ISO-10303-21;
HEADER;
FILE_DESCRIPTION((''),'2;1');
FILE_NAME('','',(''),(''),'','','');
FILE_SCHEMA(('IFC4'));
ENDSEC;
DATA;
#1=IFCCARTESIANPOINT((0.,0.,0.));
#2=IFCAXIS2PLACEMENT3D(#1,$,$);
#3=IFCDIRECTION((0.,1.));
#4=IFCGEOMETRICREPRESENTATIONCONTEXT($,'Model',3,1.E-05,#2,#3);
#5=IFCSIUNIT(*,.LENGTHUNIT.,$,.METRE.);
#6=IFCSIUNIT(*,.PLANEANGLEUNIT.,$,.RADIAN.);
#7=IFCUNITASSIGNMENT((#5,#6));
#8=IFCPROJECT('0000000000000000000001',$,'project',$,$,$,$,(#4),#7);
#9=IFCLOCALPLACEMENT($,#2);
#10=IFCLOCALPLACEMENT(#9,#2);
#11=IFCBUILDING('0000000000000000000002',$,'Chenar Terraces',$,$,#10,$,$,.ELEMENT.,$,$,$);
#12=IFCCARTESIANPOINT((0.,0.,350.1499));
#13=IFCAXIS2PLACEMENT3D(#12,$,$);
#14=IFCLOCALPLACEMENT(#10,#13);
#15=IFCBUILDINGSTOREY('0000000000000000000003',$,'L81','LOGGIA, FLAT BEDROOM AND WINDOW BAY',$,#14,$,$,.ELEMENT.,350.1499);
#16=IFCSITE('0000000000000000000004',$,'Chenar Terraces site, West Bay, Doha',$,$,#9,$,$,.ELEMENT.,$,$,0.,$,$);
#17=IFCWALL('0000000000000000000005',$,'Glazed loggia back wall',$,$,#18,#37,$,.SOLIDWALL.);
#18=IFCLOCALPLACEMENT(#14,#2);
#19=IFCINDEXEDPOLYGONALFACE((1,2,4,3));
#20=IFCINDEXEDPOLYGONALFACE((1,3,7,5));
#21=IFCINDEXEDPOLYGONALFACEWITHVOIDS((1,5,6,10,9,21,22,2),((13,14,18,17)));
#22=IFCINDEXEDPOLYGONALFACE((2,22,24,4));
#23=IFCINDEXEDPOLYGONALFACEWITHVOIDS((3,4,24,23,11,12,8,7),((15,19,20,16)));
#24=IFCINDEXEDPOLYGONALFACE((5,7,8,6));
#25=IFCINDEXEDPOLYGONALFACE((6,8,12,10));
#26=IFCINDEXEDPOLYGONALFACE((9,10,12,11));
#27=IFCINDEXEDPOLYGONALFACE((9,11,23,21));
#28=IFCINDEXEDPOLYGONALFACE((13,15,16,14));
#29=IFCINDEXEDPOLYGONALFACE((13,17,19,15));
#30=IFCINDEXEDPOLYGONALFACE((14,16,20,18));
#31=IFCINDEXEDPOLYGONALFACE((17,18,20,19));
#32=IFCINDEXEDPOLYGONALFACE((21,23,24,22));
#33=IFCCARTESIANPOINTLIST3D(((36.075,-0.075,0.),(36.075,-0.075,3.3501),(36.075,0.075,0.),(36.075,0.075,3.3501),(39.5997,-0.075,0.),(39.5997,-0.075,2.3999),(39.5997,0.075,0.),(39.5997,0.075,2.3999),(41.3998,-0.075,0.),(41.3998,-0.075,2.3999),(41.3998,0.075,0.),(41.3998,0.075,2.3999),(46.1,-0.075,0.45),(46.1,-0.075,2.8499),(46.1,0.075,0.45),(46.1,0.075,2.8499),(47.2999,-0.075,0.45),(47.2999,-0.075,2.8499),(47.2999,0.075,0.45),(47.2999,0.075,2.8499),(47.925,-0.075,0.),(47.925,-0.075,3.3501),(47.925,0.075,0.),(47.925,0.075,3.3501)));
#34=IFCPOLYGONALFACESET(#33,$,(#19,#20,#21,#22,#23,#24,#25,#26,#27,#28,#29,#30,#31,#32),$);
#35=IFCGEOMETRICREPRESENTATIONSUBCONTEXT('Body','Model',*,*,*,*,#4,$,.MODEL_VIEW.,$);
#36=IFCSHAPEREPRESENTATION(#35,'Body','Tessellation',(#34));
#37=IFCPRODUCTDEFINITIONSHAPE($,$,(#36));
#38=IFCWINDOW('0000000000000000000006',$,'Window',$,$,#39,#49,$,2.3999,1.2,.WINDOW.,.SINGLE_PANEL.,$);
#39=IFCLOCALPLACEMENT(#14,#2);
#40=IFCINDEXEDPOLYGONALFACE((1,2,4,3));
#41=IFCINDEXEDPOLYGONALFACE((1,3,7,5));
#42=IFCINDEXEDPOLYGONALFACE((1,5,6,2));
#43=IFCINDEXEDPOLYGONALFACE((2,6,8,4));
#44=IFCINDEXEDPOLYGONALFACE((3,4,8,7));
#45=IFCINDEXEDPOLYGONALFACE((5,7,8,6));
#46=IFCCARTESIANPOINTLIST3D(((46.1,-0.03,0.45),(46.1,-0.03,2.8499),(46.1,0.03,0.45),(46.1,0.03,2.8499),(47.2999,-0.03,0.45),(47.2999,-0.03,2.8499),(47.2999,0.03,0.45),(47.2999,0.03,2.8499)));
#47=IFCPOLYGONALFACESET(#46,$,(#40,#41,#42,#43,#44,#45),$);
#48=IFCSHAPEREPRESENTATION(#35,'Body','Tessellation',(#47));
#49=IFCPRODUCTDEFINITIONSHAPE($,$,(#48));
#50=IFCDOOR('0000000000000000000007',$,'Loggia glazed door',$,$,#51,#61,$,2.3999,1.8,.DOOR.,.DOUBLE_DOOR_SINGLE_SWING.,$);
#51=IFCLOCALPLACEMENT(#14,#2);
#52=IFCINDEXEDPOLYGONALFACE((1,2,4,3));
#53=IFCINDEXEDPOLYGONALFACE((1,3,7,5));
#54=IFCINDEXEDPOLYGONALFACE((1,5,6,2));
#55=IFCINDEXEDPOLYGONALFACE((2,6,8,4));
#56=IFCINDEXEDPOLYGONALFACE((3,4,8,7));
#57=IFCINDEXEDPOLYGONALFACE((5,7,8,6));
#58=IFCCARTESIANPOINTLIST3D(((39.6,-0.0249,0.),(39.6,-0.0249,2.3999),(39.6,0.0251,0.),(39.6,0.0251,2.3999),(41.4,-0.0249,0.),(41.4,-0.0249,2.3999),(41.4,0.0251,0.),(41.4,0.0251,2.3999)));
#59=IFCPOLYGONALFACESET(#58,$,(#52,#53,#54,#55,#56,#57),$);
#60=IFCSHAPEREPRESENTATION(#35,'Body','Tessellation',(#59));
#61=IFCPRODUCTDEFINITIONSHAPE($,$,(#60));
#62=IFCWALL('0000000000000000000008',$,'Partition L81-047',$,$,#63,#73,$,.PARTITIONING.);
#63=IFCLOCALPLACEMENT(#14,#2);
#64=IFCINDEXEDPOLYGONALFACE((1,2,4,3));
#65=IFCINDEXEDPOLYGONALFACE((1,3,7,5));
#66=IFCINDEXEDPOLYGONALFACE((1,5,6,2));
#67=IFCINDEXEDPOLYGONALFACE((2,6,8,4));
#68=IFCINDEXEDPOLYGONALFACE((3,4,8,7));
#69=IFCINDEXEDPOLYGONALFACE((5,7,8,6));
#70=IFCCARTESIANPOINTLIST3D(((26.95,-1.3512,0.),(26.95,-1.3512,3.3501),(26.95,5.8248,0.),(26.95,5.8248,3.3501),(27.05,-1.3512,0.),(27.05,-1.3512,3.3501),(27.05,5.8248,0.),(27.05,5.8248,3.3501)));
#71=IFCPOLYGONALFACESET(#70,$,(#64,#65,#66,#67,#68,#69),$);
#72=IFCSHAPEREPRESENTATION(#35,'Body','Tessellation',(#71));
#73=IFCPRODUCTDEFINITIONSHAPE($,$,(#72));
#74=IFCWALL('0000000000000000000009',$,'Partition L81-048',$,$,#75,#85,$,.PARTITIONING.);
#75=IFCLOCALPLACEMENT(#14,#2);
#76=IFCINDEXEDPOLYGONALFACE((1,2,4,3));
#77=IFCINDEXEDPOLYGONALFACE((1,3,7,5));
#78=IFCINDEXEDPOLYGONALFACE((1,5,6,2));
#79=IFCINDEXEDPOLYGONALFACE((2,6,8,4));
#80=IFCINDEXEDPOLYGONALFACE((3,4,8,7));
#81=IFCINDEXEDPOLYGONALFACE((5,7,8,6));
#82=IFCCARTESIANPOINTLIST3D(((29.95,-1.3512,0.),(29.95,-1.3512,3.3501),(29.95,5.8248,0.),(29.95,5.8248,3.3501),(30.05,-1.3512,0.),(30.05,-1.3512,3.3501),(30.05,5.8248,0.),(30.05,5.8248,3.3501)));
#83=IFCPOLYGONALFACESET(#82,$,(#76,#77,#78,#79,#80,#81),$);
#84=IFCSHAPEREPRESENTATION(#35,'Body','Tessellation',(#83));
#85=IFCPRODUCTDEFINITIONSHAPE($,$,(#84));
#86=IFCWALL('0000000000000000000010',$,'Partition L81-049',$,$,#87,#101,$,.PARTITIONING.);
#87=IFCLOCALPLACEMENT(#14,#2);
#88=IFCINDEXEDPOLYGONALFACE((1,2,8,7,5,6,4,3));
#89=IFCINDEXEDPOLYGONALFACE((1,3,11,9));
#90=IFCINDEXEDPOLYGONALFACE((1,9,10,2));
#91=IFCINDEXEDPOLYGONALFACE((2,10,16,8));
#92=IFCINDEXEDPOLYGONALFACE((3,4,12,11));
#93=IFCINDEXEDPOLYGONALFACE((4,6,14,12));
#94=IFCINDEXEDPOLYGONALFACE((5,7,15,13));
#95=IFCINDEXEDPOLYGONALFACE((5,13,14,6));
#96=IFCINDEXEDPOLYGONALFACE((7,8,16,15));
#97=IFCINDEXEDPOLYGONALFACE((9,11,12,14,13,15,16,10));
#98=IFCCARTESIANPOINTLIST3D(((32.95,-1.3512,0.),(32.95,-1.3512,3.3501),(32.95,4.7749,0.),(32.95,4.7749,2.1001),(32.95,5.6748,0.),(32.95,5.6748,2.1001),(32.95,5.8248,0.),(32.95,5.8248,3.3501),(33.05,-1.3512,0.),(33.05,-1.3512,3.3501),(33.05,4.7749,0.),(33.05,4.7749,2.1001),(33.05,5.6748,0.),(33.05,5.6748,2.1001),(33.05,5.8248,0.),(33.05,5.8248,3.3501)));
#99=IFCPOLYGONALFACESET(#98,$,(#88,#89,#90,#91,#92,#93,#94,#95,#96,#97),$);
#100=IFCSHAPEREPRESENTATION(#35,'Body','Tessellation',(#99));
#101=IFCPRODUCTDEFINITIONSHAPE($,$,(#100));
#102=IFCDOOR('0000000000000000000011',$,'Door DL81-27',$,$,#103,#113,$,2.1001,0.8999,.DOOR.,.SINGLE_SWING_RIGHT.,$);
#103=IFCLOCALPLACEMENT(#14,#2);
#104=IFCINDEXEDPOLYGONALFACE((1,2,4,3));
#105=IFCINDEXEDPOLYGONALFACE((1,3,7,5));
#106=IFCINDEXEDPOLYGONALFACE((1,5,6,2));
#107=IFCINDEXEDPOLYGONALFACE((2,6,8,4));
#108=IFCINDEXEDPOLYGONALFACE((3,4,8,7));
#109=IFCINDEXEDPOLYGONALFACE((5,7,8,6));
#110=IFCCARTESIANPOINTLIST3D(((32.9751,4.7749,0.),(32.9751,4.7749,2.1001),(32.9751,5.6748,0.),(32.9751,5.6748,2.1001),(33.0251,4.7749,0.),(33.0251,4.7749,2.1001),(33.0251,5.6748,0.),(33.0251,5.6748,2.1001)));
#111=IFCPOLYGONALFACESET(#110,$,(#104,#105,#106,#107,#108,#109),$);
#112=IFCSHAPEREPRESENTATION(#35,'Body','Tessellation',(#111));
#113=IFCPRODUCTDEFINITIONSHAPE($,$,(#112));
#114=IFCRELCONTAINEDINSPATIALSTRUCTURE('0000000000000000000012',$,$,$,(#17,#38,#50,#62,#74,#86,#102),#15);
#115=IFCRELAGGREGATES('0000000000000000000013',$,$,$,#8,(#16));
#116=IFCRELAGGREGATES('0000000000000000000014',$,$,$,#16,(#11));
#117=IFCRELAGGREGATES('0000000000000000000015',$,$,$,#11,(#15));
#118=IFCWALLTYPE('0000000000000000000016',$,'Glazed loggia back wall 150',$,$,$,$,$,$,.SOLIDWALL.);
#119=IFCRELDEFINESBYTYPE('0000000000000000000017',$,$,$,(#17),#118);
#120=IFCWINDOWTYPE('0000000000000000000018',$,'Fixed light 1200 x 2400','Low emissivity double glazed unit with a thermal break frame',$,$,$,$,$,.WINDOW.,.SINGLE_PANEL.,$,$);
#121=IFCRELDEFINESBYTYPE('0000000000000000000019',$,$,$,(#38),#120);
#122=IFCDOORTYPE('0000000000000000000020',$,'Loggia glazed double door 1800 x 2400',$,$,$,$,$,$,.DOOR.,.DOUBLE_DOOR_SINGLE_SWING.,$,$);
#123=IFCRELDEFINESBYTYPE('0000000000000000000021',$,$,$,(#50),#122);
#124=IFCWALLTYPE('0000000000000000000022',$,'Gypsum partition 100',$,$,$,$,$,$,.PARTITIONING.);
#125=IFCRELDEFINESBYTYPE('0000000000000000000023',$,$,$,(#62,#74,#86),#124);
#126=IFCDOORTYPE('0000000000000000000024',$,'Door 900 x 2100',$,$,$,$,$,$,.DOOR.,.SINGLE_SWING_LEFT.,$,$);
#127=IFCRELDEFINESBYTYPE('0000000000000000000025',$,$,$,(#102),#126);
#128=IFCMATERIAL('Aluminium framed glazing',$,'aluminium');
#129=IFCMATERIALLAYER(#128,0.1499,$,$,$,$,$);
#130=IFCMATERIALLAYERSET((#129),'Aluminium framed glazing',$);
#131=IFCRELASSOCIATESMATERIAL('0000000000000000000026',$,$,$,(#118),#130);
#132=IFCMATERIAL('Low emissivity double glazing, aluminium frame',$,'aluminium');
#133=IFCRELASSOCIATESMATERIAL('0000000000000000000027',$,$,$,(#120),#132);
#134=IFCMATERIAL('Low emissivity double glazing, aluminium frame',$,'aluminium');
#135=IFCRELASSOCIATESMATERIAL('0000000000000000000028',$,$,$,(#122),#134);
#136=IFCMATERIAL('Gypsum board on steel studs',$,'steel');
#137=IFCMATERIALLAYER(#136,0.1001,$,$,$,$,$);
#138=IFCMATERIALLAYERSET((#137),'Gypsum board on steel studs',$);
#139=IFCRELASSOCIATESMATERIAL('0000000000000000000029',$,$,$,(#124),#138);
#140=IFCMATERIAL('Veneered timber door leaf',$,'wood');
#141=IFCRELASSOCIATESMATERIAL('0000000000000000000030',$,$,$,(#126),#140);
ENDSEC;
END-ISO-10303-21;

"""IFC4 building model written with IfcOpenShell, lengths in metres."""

from ifc_helpers import new_model, si_unit, direction, frame, frame_2d, origin, place, context, subcontext, project, spatial, rectangle, extrude, material, layer, layer_set, type_object, element, fill, save


model = new_model("IFC4")

# Units and contexts
model_context = context("Model", 3, precision=1e-05, world=origin(), true_north=direction((0.0, 1.0)))
body_context = subcontext(model_context, "Body", "Model", "MODEL_VIEW")
ifc_project = project(units=[si_unit("LENGTHUNIT", "METRE"), si_unit("PLANEANGLEUNIT", "RADIAN")], contexts=[model_context])

# Site, building, storey
site_placement = place(None, origin())
site = spatial("IfcSite", under=ifc_project, at=site_placement, Name="Chenar Terraces site, West Bay, Doha", CompositionType="ELEMENT", RefElevation=0.0)
building_placement = place(site_placement, origin())
building = spatial("IfcBuilding", under=site, at=building_placement, Name="Chenar Terraces", CompositionType="ELEMENT")
storey_placement = place(building_placement, frame((0.0, 0.0, 350.1499)))
storey = spatial("IfcBuildingStorey", under=building, at=storey_placement, Name="L81", Description="LOGGIA, FLAT BEDROOM AND WINDOW BAY", CompositionType="ELEMENT", Elevation=350.1499)

# Wall, openings, window, door
ifc_material_1 = material(Name="Aluminium framed glazing", Category="aluminium")
ifc_layer_1 = layer(ifc_material_1, 0.1499)
ifc_layer_set_1 = layer_set([ifc_layer_1], Name="Aluminium framed glazing")
wall_type_1 = type_object("IfcWallType", Name="Glazed loggia back wall 150", PredefinedType="SOLIDWALL", material=ifc_layer_set_1)
wall_1_placement = place(storey_placement, frame((36.075, 0.0, 0.0), z_axis=(0.0, 0.0, 1.0), x_axis=(1.0, 0.0, 0.0)))
wall_1 = element("IfcWall", 1, at=wall_1_placement, inside=storey, type_object=wall_type_1, Name="Glazed loggia back wall", PredefinedType="SOLIDWALL", context=body_context, shape_type="SweptSolid", body=[
    extrude(rectangle(XDim=11.8501, YDim=0.1499, at=frame_2d((5.925, 0.0))), origin(), (0.0, 0.0, 1.0), 3.3501),
])
opening_1_placement = place(wall_1_placement, frame((3.5249, 0.0, 0.0)))
opening_1 = element("IfcOpeningElement", 2, at=opening_1_placement, cuts=wall_1, PredefinedType="OPENING", context=body_context, shape_type="SweptSolid", body=[
    extrude(rectangle(XDim=1.8, YDim=2.3999, at=frame_2d((0.8999, 1.2))), frame((0.0, 0.085, 0.0), z_axis=(0.0, -1.0, 0.0), x_axis=(1.0, 0.0, 0.0)), (0.0, 0.0, 1.0), 0.1699),
])
opening_2_placement = place(wall_1_placement, frame((10.0249, 0.0, 0.45)))
opening_2 = element("IfcOpeningElement", 3, at=opening_2_placement, cuts=wall_1, PredefinedType="OPENING", context=body_context, shape_type="SweptSolid", body=[
    extrude(rectangle(XDim=1.2, YDim=2.3999, at=frame_2d((0.6001, 1.2))), frame((0.0, 0.085, 0.0), z_axis=(0.0, -1.0, 0.0), x_axis=(1.0, 0.0, 0.0)), (0.0, 0.0, 1.0), 0.1699),
])
ifc_material_2 = material(Name="Low emissivity double glazing, aluminium frame", Category="aluminium")
window_type_1 = type_object("IfcWindowType", Name="Fixed light 1200 x 2400", Description="Low emissivity double glazed unit with a thermal break frame", PartitioningType="SINGLE_PANEL", PredefinedType="WINDOW", material=ifc_material_2)
window_1_placement = place(opening_2_placement, origin())
window_1 = element("IfcWindow", 4, at=window_1_placement, inside=storey, type_object=window_type_1, Name="Window", OverallHeight=2.3999, OverallWidth=1.2, PartitioningType="SINGLE_PANEL", PredefinedType="WINDOW", context=body_context, shape_type="SweptSolid", body=[
    extrude(rectangle(XDim=1.2, YDim=2.3999, at=frame_2d((0.6001, 1.2))), frame((0.0, 0.03, 0.0), z_axis=(0.0, -1.0, 0.0), x_axis=(1.0, 0.0, 0.0)), (0.0, 0.0, 1.0), 0.0601),
])
fill(opening_2, window_1)
ifc_material_3 = material(Name="Low emissivity double glazing, aluminium frame", Category="aluminium")
door_type_1 = type_object("IfcDoorType", Name="Loggia glazed double door 1800 x 2400", OperationType="DOUBLE_DOOR_SINGLE_SWING", PredefinedType="DOOR", material=ifc_material_3)
door_1_placement = place(opening_1_placement, frame((1.8, 0.0, 0.0), z_axis=(0.0, 0.0, 1.0), x_axis=(-1.0, 0.0, 0.0)))
door_1 = element("IfcDoor", 5, at=door_1_placement, inside=storey, type_object=door_type_1, Name="Loggia glazed door", OperationType="DOUBLE_DOOR_SINGLE_SWING", OverallHeight=2.3999, OverallWidth=1.8, PredefinedType="DOOR", context=body_context, shape_type="SweptSolid", body=[
    extrude(rectangle(XDim=1.8, YDim=2.3999, at=frame_2d((0.8999, 1.2))), frame((0.0, 0.0249, 0.0), z_axis=(0.0, -1.0, 0.0), x_axis=(1.0, 0.0, 0.0)), (0.0, 0.0, 1.0), 0.05),
])
fill(opening_1, door_1)

# Walls
ifc_material_4 = material(Name="Gypsum board on steel studs", Category="steel")
ifc_layer_2 = layer(ifc_material_4, 0.1001)
ifc_layer_set_2 = layer_set([ifc_layer_2], Name="Gypsum board on steel studs")
wall_type_2 = type_object("IfcWallType", Name="Gypsum partition 100", PredefinedType="PARTITIONING", material=ifc_layer_set_2)
for number, where, z_axis, x_axis, name in (
    (6, (27.0, -1.3511, 0.0), (0.0, 0.0, 1.0), (0.0, 1.0, 0.0), "Partition L81-047"),
    (7, (30.0, -1.3511, 0.0), (0.0, 0.0, 1.0), (0.0, 1.0, 0.0), "Partition L81-048"),
):
    element("IfcWall", number, at=place(storey_placement, frame(where, z_axis=z_axis, x_axis=x_axis)), inside=storey, type_object=wall_type_2, Name=name, PredefinedType="PARTITIONING", context=body_context, shape_type="SweptSolid", body=[
        extrude(rectangle(XDim=7.176, YDim=0.1001, at=frame_2d((3.5879, 0.0))), origin(), (0.0, 0.0, 1.0), 3.3501),
    ])

# Wall, opening, door
wall_2_placement = place(storey_placement, frame((33.0, -1.3511, 0.0), z_axis=(0.0, 0.0, 1.0), x_axis=(0.0, 1.0, 0.0)))
wall_2 = element("IfcWall", 8, at=wall_2_placement, inside=storey, type_object=wall_type_2, Name="Partition L81-049", PredefinedType="PARTITIONING", context=body_context, shape_type="SweptSolid", body=[
    extrude(rectangle(XDim=7.176, YDim=0.1001, at=frame_2d((3.5879, 0.0))), origin(), (0.0, 0.0, 1.0), 3.3501),
])
opening_3_placement = place(wall_2_placement, frame((6.126, 0.0, 0.0)))
opening_3 = element("IfcOpeningElement", 9, at=opening_3_placement, cuts=wall_2, PredefinedType="OPENING", context=body_context, shape_type="SweptSolid", body=[
    extrude(rectangle(XDim=0.8999, YDim=2.1001, at=frame_2d((0.45, 1.05))), frame((0.0, 0.0601, 0.0), z_axis=(0.0, -1.0, 0.0), x_axis=(1.0, 0.0, 0.0)), (0.0, 0.0, 1.0), 0.1201),
])
ifc_material_5 = material(Name="Veneered timber door leaf", Category="wood")
door_type_2 = type_object("IfcDoorType", Name="Door 900 x 2100", OperationType="SINGLE_SWING_LEFT", PredefinedType="DOOR", material=ifc_material_5)
door_2_placement = place(opening_3_placement, origin())
door_2 = element("IfcDoor", 10, at=door_2_placement, inside=storey, type_object=door_type_2, Name="Door DL81-27", OperationType="SINGLE_SWING_RIGHT", OverallHeight=2.1001, OverallWidth=0.8999, PredefinedType="DOOR", context=body_context, shape_type="SweptSolid", body=[
    extrude(rectangle(XDim=0.8999, YDim=2.1001, at=frame_2d((0.45, 1.05))), frame((0.0, 0.0249, 0.0), z_axis=(0.0, -1.0, 0.0), x_axis=(1.0, 0.0, 0.0)), (0.0, 0.0, 1.0), 0.05),
])
fill(opening_3, door_2)

save(model, "model.ifc")
